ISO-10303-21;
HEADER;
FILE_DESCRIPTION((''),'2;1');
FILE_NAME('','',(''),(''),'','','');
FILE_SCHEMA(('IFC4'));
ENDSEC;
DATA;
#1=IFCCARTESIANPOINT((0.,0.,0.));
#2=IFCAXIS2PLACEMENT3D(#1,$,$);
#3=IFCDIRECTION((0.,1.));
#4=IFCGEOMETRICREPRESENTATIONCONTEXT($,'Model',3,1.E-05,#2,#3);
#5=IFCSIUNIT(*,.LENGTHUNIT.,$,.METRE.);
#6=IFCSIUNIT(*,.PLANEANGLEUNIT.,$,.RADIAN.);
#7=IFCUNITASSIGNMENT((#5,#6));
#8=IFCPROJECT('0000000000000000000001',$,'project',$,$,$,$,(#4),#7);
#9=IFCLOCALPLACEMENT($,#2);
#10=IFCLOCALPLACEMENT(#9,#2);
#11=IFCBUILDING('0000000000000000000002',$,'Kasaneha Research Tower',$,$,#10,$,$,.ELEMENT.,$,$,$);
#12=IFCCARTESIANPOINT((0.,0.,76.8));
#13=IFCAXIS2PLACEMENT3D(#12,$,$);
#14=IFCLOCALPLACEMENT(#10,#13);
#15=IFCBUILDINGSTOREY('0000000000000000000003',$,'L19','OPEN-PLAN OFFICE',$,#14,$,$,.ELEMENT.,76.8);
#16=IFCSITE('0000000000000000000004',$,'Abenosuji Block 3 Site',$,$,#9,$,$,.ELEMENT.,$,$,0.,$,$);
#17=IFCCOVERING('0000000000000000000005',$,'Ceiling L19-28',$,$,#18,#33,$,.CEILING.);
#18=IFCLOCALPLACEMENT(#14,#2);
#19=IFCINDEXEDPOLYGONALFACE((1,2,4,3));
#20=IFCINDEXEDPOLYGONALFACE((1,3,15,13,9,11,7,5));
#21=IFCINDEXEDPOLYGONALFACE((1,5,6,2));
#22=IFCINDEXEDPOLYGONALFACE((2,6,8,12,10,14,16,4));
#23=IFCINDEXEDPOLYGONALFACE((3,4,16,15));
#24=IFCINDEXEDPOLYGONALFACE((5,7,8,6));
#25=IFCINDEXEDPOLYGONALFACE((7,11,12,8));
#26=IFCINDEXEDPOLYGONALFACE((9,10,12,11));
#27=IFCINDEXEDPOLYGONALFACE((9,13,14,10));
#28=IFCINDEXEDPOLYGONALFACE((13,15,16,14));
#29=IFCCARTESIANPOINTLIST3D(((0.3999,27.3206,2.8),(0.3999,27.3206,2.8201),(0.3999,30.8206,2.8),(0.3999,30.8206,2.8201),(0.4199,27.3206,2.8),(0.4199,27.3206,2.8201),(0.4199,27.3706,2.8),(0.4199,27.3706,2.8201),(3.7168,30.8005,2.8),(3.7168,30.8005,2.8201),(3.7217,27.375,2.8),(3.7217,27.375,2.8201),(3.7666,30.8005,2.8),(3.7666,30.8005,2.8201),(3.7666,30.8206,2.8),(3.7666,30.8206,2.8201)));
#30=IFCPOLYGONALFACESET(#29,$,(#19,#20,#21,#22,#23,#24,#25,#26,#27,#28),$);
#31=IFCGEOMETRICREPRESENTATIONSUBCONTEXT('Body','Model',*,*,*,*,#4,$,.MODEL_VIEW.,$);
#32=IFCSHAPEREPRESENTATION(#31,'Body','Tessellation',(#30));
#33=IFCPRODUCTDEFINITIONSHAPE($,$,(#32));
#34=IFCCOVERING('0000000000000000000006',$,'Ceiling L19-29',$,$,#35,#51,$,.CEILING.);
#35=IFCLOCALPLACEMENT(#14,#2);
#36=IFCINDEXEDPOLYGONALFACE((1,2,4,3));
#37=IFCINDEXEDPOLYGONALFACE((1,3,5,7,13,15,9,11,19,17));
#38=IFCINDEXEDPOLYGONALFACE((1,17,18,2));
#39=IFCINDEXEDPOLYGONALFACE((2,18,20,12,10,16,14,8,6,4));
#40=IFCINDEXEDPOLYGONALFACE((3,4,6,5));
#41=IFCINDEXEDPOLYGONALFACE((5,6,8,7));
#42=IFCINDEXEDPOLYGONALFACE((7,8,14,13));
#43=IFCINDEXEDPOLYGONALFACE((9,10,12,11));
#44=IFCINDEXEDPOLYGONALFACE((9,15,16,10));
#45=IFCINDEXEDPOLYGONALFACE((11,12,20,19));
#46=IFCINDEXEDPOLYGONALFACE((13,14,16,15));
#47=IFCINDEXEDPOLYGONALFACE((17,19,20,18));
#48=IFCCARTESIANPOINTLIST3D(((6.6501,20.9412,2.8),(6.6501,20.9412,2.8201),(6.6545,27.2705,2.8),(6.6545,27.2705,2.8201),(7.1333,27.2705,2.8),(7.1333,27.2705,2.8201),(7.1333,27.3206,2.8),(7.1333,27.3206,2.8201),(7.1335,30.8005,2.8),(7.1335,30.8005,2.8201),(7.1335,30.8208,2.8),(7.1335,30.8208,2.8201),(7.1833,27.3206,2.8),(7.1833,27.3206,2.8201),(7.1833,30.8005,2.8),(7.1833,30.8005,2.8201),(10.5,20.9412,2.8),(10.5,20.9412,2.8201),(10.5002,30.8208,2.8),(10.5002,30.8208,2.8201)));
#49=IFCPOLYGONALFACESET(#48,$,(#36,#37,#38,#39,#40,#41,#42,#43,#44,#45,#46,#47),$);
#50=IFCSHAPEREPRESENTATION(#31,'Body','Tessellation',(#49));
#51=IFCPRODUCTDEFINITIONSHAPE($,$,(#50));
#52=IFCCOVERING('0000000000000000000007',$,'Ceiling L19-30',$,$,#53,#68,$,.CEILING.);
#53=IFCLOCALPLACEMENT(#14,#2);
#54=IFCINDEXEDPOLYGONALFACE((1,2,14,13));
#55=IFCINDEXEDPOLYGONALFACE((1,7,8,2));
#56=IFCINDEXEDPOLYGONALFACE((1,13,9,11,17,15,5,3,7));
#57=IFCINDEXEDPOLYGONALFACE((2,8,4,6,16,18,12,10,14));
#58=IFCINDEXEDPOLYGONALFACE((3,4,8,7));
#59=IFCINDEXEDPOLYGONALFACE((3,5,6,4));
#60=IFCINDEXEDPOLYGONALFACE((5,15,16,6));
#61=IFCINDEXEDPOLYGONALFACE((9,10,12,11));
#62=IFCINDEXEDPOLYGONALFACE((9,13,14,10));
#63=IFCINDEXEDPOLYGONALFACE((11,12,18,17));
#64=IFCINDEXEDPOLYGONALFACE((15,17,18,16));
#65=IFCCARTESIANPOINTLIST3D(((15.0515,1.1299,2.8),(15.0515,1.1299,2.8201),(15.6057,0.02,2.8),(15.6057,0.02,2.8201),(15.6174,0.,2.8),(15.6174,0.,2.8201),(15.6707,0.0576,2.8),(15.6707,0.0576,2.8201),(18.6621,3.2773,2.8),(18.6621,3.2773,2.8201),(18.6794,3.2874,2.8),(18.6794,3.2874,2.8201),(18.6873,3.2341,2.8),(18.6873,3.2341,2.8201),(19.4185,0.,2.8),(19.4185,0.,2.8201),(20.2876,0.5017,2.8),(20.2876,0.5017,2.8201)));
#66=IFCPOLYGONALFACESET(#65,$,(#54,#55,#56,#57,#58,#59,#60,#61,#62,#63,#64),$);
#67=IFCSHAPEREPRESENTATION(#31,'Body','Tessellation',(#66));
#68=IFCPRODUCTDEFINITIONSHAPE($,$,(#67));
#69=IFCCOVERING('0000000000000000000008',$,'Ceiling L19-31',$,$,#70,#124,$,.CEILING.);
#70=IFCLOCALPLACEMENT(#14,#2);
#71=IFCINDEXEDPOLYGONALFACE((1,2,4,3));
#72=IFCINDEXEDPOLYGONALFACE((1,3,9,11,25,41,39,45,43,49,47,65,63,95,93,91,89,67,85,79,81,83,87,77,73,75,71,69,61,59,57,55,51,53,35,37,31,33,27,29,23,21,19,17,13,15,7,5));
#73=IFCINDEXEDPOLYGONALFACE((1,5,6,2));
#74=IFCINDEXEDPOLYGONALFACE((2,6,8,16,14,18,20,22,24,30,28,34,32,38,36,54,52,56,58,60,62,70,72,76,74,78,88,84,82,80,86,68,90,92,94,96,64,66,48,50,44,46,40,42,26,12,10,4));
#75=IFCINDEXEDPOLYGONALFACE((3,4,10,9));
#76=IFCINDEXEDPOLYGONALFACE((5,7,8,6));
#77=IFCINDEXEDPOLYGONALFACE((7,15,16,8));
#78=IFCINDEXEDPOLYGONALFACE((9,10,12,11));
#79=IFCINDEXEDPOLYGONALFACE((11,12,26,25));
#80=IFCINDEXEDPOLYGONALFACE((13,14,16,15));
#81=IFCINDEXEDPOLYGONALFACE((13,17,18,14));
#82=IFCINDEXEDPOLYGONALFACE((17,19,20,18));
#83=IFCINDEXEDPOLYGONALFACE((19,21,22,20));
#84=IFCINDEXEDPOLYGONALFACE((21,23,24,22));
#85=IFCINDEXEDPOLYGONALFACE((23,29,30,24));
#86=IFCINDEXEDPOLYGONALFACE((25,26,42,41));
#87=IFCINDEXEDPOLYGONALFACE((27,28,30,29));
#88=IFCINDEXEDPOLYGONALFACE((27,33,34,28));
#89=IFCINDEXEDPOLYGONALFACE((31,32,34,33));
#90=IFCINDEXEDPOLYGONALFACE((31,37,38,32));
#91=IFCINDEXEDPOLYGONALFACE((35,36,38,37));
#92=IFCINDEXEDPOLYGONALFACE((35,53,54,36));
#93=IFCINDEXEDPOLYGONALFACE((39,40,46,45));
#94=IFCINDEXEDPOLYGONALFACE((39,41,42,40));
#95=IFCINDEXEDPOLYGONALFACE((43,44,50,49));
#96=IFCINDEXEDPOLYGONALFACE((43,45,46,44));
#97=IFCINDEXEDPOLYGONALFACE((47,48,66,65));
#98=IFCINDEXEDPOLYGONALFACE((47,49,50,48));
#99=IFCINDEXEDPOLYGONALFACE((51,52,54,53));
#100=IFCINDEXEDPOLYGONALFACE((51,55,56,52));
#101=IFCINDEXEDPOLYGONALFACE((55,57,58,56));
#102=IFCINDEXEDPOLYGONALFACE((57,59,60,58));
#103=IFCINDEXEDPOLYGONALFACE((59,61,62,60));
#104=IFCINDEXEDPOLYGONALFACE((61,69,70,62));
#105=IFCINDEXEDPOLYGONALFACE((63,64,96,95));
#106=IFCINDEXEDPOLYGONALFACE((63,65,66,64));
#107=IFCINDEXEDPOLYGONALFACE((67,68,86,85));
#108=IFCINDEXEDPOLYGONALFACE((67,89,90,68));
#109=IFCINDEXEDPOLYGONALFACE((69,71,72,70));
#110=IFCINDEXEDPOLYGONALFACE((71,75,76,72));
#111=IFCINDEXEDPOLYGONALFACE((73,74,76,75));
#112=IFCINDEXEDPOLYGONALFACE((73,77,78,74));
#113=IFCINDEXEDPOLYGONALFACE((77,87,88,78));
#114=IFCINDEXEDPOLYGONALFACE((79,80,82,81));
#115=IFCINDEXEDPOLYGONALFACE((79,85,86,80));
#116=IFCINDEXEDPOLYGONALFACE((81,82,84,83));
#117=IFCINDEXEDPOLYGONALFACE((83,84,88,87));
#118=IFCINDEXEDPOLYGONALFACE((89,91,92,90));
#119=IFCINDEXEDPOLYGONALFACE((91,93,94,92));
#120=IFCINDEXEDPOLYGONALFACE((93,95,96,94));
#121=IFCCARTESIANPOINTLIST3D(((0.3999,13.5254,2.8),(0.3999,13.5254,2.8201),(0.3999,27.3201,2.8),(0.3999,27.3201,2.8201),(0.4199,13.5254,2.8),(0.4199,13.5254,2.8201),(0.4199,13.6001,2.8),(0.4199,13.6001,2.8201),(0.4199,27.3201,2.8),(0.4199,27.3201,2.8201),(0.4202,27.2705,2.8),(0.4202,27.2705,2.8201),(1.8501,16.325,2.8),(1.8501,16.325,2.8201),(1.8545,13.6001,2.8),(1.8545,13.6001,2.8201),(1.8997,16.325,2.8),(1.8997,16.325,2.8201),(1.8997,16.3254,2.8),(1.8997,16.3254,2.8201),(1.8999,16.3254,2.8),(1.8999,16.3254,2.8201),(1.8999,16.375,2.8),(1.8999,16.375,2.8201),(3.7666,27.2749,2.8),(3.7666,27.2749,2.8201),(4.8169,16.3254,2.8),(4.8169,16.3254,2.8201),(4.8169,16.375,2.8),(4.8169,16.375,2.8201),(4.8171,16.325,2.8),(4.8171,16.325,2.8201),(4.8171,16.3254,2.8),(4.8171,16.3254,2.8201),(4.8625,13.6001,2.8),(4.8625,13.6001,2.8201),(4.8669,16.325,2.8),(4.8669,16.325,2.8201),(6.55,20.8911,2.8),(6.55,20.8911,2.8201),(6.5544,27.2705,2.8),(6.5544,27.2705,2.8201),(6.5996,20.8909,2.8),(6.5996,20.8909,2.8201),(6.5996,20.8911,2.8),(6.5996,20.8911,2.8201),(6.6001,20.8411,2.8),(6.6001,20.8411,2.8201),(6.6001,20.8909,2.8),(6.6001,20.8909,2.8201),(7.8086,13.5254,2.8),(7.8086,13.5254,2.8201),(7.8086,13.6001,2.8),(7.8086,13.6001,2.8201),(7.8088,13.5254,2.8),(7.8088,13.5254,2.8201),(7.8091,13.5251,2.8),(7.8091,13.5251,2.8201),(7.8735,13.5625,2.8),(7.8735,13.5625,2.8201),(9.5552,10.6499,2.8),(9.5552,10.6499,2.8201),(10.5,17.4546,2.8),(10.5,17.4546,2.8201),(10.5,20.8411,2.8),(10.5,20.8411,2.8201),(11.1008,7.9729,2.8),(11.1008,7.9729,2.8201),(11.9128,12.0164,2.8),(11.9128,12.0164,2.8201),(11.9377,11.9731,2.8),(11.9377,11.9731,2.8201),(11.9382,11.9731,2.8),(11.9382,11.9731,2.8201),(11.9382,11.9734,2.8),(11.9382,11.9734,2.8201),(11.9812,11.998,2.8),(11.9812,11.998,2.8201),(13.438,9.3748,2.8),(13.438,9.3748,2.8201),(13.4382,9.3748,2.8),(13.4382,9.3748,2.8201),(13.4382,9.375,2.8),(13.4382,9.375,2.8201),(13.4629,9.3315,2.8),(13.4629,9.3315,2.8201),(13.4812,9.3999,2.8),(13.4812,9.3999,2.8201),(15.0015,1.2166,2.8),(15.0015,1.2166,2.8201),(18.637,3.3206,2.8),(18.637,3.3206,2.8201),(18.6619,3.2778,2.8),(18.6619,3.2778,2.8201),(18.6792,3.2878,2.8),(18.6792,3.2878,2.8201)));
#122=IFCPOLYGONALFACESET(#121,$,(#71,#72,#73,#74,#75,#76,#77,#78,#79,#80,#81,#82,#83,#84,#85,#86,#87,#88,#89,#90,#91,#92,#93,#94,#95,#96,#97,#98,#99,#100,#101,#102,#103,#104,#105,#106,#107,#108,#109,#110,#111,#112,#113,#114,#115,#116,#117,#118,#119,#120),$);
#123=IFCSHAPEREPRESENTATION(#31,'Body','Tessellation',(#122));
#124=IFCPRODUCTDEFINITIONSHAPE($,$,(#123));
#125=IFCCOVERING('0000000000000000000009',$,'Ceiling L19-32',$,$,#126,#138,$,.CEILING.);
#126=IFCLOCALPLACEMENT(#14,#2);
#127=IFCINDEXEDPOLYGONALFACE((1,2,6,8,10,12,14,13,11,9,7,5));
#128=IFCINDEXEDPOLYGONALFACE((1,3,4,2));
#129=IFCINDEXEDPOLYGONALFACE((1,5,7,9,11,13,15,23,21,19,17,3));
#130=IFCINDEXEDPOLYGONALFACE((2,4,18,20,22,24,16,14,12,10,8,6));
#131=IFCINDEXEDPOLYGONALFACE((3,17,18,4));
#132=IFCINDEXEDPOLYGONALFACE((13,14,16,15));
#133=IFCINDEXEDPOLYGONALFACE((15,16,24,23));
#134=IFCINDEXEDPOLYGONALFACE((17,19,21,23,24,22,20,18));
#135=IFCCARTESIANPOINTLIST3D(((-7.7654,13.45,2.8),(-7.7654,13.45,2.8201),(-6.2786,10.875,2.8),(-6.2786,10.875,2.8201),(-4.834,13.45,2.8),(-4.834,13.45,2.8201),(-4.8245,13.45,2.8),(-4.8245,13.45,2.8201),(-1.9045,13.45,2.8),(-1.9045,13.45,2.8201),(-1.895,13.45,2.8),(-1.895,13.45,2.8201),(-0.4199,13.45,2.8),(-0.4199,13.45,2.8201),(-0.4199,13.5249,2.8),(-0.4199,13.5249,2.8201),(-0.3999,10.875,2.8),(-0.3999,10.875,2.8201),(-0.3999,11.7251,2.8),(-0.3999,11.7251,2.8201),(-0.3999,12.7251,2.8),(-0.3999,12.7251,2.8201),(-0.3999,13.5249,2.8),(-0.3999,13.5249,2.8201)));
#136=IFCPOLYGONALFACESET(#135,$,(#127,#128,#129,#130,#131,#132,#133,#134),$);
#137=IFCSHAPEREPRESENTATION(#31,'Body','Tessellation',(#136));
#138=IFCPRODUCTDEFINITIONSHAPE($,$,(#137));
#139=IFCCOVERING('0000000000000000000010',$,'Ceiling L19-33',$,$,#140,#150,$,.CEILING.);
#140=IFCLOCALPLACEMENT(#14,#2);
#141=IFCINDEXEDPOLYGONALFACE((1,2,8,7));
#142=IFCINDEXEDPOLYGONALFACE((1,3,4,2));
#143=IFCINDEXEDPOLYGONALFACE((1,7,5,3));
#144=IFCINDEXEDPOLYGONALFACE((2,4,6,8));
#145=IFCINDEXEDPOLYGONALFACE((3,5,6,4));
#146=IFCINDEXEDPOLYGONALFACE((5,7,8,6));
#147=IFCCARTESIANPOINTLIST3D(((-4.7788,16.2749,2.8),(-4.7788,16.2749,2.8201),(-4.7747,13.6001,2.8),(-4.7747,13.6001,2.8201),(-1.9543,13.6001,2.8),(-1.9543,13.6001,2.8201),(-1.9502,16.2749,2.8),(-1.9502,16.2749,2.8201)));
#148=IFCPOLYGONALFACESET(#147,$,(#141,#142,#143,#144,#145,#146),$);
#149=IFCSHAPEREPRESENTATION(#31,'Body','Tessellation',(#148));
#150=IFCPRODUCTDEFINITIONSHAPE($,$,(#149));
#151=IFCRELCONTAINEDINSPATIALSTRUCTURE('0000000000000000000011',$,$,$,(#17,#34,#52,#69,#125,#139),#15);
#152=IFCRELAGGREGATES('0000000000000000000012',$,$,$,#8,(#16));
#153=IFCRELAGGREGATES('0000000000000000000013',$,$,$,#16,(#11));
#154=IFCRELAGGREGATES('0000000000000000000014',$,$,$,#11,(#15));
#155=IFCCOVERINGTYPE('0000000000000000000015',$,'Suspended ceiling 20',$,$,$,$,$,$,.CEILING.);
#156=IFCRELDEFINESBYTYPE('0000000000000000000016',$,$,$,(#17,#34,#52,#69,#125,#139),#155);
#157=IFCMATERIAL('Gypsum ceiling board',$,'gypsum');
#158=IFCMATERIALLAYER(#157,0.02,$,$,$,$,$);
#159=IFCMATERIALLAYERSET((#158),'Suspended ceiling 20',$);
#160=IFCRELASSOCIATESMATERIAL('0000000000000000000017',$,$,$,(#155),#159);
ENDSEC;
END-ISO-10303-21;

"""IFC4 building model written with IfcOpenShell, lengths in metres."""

from ifc_helpers import new_model, si_unit, direction, frame, origin, place, context, subcontext, project, spatial, polyline, outline, extrude, material, layer, layer_set, type_object, element, save


model = new_model("IFC4")

# Units and contexts
model_context = context("Model", 3, precision=1e-05, world=origin(), true_north=direction((0.0, 1.0)))
body_context = subcontext(model_context, "Body", "Model", "MODEL_VIEW")
ifc_project = project(units=[si_unit("LENGTHUNIT", "METRE"), si_unit("PLANEANGLEUNIT", "RADIAN")], contexts=[model_context])

# Site, building, storey
site_placement = place(None, origin())
site = spatial("IfcSite", under=ifc_project, at=site_placement, Name="Abenosuji Block 3 Site", CompositionType="ELEMENT", RefElevation=0.0)
building_placement = place(site_placement, origin())
building = spatial("IfcBuilding", under=site, at=building_placement, Name="Kasaneha Research Tower", CompositionType="ELEMENT")
storey_placement = place(building_placement, frame((0.0, 0.0, 76.8)))
storey = spatial("IfcBuildingStorey", under=building, at=storey_placement, Name="L19", Description="OPEN-PLAN OFFICE", CompositionType="ELEMENT", Elevation=76.8)

# Coverings
ifc_material_1 = material(Name="Gypsum ceiling board", Category="gypsum")
ifc_layer_1 = layer(ifc_material_1, 0.02)
ifc_layer_set_1 = layer_set([ifc_layer_1], Name="Suspended ceiling 20")
covering_type_1 = type_object("IfcCoveringType", Name="Suspended ceiling 20", PredefinedType="CEILING", material=ifc_layer_set_1)
covering_1_placement = place(storey_placement, frame((0.0, 0.0, 2.8)))
element("IfcCovering", 1, at=covering_1_placement, inside=storey, type_object=covering_type_1, Name="Ceiling L19-28", PredefinedType="CEILING", context=body_context, shape_type="SweptSolid", body=[
    extrude(outline(polyline([(3.7666, 30.8206), (3.7666, 30.8005), (3.7168, 30.8005), (3.7217, 27.375), (0.4199, 27.3706), (0.4199, 27.3206), (0.3999, 27.3206), (0.3999, 30.8206), (3.7666, 30.8206)])), origin(), (0.0, 0.0, 1.0), 0.02),
])
covering_2_placement = place(storey_placement, frame((0.0, 0.0, 2.8)))
element("IfcCovering", 2, at=covering_2_placement, inside=storey, type_object=covering_type_1, Name="Ceiling L19-29", PredefinedType="CEILING", context=body_context, shape_type="SweptSolid", body=[
    extrude(outline(polyline([(10.5002, 30.8208), (10.5, 20.8911), (10.5, 20.9412), (6.6501, 20.9412), (6.6545, 27.2705), (7.1333, 27.2705), (7.1333, 27.3206), (7.1833, 27.3206), (7.1833, 30.8005), (7.1335, 30.8005), (7.1335, 30.8208), (10.5002, 30.8208)])), origin(), (0.0, 0.0, 1.0), 0.02),
])
covering_3_placement = place(storey_placement, frame((0.0, 0.0, 2.8)))
element("IfcCovering", 3, at=covering_3_placement, inside=storey, type_object=covering_type_1, Name="Ceiling L19-30", PredefinedType="CEILING", context=body_context, shape_type="SweptSolid", body=[
    extrude(outline(polyline([(19.4185, 0.0), (15.6174, 0.0), (15.6057, 0.02), (15.6707, 0.0576), (15.0515, 1.1299), (18.6873, 3.2341), (18.6621, 3.2773), (18.6794, 3.2874), (20.2876, 0.5017), (19.4185, 0.0)])), origin(), (0.0, 0.0, 1.0), 0.02),
])
covering_4_placement = place(storey_placement, frame((0.0, 0.0, 2.8)))
element("IfcCovering", 4, at=covering_4_placement, inside=storey, type_object=covering_type_1, Name="Ceiling L19-31", PredefinedType="CEILING", context=body_context, shape_type="SweptSolid", body=[
    extrude(outline(polyline([(13.4382, 9.3748), (13.4382, 9.375), (13.4812, 9.3999), (11.9812, 11.998), (11.9382, 11.9731), (11.9382, 11.9734), (11.9377, 11.9731), (11.9128, 12.0164), (9.5552, 10.6499), (7.8735, 13.5625), (7.8091, 13.5251), (7.8088, 13.5254), (7.8086, 13.5254), (7.8086, 13.6001), (4.8625, 13.6001), (4.8669, 16.325), (4.8171, 16.325), (4.8171, 16.3254), (4.8169, 16.3254), (4.8169, 16.375), (1.8999, 16.375), (1.8999, 16.3254), (1.8997, 16.3254), (1.8997, 16.325), (1.8501, 16.325), (1.8545, 13.6001), (0.4199, 13.6001), (0.4199, 13.5254), (0.3999, 13.5254), (0.3999, 27.3201), (0.4199, 27.3201), (0.4202, 27.2705), (3.7666, 27.2749), (6.5544, 27.2705), (6.55, 20.8911), (6.5996, 20.8911), (6.5996, 20.8909), (6.6001, 20.8909), (6.6001, 20.8411), (10.5, 20.8411), (10.5, 17.4546), (18.6792, 3.2878), (18.6619, 3.2778), (18.637, 3.3206), (15.0015, 1.2166), (11.1008, 7.9729), (13.4629, 9.3315), (13.438, 9.3748), (13.4382, 9.3748)])), origin(), (0.0, 0.0, 1.0), 0.02),
])
covering_5_placement = place(storey_placement, frame((0.0, 0.0, 2.8)))
element("IfcCovering", 5, at=covering_5_placement, inside=storey, type_object=covering_type_1, Name="Ceiling L19-32", PredefinedType="CEILING", context=body_context, shape_type="SweptSolid", body=[
    extrude(outline(polyline([(-0.3999, 11.7251), (-0.3999, 10.875), (-6.2786, 10.875), (-7.7654, 13.45), (-7.7654, 13.45), (-4.834, 13.45), (-4.8245, 13.45), (-1.9045, 13.45), (-1.895, 13.45), (-0.4199, 13.45), (-0.4199, 13.5249), (-0.3999, 13.5249), (-0.3999, 12.7251), (-0.3999, 11.7251)])), origin(), (0.0, 0.0, 1.0), 0.02),
])
covering_6_placement = place(storey_placement, frame((0.0, 0.0, 2.8)))
element("IfcCovering", 6, at=covering_6_placement, inside=storey, type_object=covering_type_1, Name="Ceiling L19-33", PredefinedType="CEILING", context=body_context, shape_type="SweptSolid", body=[
    extrude(outline(polyline([(-4.7747, 13.6001), (-4.7788, 16.2749), (-1.9502, 16.2749), (-1.9543, 13.6001), (-4.7747, 13.6001)])), origin(), (0.0, 0.0, 1.0), 0.02),
])

save(model, "model.ifc")
